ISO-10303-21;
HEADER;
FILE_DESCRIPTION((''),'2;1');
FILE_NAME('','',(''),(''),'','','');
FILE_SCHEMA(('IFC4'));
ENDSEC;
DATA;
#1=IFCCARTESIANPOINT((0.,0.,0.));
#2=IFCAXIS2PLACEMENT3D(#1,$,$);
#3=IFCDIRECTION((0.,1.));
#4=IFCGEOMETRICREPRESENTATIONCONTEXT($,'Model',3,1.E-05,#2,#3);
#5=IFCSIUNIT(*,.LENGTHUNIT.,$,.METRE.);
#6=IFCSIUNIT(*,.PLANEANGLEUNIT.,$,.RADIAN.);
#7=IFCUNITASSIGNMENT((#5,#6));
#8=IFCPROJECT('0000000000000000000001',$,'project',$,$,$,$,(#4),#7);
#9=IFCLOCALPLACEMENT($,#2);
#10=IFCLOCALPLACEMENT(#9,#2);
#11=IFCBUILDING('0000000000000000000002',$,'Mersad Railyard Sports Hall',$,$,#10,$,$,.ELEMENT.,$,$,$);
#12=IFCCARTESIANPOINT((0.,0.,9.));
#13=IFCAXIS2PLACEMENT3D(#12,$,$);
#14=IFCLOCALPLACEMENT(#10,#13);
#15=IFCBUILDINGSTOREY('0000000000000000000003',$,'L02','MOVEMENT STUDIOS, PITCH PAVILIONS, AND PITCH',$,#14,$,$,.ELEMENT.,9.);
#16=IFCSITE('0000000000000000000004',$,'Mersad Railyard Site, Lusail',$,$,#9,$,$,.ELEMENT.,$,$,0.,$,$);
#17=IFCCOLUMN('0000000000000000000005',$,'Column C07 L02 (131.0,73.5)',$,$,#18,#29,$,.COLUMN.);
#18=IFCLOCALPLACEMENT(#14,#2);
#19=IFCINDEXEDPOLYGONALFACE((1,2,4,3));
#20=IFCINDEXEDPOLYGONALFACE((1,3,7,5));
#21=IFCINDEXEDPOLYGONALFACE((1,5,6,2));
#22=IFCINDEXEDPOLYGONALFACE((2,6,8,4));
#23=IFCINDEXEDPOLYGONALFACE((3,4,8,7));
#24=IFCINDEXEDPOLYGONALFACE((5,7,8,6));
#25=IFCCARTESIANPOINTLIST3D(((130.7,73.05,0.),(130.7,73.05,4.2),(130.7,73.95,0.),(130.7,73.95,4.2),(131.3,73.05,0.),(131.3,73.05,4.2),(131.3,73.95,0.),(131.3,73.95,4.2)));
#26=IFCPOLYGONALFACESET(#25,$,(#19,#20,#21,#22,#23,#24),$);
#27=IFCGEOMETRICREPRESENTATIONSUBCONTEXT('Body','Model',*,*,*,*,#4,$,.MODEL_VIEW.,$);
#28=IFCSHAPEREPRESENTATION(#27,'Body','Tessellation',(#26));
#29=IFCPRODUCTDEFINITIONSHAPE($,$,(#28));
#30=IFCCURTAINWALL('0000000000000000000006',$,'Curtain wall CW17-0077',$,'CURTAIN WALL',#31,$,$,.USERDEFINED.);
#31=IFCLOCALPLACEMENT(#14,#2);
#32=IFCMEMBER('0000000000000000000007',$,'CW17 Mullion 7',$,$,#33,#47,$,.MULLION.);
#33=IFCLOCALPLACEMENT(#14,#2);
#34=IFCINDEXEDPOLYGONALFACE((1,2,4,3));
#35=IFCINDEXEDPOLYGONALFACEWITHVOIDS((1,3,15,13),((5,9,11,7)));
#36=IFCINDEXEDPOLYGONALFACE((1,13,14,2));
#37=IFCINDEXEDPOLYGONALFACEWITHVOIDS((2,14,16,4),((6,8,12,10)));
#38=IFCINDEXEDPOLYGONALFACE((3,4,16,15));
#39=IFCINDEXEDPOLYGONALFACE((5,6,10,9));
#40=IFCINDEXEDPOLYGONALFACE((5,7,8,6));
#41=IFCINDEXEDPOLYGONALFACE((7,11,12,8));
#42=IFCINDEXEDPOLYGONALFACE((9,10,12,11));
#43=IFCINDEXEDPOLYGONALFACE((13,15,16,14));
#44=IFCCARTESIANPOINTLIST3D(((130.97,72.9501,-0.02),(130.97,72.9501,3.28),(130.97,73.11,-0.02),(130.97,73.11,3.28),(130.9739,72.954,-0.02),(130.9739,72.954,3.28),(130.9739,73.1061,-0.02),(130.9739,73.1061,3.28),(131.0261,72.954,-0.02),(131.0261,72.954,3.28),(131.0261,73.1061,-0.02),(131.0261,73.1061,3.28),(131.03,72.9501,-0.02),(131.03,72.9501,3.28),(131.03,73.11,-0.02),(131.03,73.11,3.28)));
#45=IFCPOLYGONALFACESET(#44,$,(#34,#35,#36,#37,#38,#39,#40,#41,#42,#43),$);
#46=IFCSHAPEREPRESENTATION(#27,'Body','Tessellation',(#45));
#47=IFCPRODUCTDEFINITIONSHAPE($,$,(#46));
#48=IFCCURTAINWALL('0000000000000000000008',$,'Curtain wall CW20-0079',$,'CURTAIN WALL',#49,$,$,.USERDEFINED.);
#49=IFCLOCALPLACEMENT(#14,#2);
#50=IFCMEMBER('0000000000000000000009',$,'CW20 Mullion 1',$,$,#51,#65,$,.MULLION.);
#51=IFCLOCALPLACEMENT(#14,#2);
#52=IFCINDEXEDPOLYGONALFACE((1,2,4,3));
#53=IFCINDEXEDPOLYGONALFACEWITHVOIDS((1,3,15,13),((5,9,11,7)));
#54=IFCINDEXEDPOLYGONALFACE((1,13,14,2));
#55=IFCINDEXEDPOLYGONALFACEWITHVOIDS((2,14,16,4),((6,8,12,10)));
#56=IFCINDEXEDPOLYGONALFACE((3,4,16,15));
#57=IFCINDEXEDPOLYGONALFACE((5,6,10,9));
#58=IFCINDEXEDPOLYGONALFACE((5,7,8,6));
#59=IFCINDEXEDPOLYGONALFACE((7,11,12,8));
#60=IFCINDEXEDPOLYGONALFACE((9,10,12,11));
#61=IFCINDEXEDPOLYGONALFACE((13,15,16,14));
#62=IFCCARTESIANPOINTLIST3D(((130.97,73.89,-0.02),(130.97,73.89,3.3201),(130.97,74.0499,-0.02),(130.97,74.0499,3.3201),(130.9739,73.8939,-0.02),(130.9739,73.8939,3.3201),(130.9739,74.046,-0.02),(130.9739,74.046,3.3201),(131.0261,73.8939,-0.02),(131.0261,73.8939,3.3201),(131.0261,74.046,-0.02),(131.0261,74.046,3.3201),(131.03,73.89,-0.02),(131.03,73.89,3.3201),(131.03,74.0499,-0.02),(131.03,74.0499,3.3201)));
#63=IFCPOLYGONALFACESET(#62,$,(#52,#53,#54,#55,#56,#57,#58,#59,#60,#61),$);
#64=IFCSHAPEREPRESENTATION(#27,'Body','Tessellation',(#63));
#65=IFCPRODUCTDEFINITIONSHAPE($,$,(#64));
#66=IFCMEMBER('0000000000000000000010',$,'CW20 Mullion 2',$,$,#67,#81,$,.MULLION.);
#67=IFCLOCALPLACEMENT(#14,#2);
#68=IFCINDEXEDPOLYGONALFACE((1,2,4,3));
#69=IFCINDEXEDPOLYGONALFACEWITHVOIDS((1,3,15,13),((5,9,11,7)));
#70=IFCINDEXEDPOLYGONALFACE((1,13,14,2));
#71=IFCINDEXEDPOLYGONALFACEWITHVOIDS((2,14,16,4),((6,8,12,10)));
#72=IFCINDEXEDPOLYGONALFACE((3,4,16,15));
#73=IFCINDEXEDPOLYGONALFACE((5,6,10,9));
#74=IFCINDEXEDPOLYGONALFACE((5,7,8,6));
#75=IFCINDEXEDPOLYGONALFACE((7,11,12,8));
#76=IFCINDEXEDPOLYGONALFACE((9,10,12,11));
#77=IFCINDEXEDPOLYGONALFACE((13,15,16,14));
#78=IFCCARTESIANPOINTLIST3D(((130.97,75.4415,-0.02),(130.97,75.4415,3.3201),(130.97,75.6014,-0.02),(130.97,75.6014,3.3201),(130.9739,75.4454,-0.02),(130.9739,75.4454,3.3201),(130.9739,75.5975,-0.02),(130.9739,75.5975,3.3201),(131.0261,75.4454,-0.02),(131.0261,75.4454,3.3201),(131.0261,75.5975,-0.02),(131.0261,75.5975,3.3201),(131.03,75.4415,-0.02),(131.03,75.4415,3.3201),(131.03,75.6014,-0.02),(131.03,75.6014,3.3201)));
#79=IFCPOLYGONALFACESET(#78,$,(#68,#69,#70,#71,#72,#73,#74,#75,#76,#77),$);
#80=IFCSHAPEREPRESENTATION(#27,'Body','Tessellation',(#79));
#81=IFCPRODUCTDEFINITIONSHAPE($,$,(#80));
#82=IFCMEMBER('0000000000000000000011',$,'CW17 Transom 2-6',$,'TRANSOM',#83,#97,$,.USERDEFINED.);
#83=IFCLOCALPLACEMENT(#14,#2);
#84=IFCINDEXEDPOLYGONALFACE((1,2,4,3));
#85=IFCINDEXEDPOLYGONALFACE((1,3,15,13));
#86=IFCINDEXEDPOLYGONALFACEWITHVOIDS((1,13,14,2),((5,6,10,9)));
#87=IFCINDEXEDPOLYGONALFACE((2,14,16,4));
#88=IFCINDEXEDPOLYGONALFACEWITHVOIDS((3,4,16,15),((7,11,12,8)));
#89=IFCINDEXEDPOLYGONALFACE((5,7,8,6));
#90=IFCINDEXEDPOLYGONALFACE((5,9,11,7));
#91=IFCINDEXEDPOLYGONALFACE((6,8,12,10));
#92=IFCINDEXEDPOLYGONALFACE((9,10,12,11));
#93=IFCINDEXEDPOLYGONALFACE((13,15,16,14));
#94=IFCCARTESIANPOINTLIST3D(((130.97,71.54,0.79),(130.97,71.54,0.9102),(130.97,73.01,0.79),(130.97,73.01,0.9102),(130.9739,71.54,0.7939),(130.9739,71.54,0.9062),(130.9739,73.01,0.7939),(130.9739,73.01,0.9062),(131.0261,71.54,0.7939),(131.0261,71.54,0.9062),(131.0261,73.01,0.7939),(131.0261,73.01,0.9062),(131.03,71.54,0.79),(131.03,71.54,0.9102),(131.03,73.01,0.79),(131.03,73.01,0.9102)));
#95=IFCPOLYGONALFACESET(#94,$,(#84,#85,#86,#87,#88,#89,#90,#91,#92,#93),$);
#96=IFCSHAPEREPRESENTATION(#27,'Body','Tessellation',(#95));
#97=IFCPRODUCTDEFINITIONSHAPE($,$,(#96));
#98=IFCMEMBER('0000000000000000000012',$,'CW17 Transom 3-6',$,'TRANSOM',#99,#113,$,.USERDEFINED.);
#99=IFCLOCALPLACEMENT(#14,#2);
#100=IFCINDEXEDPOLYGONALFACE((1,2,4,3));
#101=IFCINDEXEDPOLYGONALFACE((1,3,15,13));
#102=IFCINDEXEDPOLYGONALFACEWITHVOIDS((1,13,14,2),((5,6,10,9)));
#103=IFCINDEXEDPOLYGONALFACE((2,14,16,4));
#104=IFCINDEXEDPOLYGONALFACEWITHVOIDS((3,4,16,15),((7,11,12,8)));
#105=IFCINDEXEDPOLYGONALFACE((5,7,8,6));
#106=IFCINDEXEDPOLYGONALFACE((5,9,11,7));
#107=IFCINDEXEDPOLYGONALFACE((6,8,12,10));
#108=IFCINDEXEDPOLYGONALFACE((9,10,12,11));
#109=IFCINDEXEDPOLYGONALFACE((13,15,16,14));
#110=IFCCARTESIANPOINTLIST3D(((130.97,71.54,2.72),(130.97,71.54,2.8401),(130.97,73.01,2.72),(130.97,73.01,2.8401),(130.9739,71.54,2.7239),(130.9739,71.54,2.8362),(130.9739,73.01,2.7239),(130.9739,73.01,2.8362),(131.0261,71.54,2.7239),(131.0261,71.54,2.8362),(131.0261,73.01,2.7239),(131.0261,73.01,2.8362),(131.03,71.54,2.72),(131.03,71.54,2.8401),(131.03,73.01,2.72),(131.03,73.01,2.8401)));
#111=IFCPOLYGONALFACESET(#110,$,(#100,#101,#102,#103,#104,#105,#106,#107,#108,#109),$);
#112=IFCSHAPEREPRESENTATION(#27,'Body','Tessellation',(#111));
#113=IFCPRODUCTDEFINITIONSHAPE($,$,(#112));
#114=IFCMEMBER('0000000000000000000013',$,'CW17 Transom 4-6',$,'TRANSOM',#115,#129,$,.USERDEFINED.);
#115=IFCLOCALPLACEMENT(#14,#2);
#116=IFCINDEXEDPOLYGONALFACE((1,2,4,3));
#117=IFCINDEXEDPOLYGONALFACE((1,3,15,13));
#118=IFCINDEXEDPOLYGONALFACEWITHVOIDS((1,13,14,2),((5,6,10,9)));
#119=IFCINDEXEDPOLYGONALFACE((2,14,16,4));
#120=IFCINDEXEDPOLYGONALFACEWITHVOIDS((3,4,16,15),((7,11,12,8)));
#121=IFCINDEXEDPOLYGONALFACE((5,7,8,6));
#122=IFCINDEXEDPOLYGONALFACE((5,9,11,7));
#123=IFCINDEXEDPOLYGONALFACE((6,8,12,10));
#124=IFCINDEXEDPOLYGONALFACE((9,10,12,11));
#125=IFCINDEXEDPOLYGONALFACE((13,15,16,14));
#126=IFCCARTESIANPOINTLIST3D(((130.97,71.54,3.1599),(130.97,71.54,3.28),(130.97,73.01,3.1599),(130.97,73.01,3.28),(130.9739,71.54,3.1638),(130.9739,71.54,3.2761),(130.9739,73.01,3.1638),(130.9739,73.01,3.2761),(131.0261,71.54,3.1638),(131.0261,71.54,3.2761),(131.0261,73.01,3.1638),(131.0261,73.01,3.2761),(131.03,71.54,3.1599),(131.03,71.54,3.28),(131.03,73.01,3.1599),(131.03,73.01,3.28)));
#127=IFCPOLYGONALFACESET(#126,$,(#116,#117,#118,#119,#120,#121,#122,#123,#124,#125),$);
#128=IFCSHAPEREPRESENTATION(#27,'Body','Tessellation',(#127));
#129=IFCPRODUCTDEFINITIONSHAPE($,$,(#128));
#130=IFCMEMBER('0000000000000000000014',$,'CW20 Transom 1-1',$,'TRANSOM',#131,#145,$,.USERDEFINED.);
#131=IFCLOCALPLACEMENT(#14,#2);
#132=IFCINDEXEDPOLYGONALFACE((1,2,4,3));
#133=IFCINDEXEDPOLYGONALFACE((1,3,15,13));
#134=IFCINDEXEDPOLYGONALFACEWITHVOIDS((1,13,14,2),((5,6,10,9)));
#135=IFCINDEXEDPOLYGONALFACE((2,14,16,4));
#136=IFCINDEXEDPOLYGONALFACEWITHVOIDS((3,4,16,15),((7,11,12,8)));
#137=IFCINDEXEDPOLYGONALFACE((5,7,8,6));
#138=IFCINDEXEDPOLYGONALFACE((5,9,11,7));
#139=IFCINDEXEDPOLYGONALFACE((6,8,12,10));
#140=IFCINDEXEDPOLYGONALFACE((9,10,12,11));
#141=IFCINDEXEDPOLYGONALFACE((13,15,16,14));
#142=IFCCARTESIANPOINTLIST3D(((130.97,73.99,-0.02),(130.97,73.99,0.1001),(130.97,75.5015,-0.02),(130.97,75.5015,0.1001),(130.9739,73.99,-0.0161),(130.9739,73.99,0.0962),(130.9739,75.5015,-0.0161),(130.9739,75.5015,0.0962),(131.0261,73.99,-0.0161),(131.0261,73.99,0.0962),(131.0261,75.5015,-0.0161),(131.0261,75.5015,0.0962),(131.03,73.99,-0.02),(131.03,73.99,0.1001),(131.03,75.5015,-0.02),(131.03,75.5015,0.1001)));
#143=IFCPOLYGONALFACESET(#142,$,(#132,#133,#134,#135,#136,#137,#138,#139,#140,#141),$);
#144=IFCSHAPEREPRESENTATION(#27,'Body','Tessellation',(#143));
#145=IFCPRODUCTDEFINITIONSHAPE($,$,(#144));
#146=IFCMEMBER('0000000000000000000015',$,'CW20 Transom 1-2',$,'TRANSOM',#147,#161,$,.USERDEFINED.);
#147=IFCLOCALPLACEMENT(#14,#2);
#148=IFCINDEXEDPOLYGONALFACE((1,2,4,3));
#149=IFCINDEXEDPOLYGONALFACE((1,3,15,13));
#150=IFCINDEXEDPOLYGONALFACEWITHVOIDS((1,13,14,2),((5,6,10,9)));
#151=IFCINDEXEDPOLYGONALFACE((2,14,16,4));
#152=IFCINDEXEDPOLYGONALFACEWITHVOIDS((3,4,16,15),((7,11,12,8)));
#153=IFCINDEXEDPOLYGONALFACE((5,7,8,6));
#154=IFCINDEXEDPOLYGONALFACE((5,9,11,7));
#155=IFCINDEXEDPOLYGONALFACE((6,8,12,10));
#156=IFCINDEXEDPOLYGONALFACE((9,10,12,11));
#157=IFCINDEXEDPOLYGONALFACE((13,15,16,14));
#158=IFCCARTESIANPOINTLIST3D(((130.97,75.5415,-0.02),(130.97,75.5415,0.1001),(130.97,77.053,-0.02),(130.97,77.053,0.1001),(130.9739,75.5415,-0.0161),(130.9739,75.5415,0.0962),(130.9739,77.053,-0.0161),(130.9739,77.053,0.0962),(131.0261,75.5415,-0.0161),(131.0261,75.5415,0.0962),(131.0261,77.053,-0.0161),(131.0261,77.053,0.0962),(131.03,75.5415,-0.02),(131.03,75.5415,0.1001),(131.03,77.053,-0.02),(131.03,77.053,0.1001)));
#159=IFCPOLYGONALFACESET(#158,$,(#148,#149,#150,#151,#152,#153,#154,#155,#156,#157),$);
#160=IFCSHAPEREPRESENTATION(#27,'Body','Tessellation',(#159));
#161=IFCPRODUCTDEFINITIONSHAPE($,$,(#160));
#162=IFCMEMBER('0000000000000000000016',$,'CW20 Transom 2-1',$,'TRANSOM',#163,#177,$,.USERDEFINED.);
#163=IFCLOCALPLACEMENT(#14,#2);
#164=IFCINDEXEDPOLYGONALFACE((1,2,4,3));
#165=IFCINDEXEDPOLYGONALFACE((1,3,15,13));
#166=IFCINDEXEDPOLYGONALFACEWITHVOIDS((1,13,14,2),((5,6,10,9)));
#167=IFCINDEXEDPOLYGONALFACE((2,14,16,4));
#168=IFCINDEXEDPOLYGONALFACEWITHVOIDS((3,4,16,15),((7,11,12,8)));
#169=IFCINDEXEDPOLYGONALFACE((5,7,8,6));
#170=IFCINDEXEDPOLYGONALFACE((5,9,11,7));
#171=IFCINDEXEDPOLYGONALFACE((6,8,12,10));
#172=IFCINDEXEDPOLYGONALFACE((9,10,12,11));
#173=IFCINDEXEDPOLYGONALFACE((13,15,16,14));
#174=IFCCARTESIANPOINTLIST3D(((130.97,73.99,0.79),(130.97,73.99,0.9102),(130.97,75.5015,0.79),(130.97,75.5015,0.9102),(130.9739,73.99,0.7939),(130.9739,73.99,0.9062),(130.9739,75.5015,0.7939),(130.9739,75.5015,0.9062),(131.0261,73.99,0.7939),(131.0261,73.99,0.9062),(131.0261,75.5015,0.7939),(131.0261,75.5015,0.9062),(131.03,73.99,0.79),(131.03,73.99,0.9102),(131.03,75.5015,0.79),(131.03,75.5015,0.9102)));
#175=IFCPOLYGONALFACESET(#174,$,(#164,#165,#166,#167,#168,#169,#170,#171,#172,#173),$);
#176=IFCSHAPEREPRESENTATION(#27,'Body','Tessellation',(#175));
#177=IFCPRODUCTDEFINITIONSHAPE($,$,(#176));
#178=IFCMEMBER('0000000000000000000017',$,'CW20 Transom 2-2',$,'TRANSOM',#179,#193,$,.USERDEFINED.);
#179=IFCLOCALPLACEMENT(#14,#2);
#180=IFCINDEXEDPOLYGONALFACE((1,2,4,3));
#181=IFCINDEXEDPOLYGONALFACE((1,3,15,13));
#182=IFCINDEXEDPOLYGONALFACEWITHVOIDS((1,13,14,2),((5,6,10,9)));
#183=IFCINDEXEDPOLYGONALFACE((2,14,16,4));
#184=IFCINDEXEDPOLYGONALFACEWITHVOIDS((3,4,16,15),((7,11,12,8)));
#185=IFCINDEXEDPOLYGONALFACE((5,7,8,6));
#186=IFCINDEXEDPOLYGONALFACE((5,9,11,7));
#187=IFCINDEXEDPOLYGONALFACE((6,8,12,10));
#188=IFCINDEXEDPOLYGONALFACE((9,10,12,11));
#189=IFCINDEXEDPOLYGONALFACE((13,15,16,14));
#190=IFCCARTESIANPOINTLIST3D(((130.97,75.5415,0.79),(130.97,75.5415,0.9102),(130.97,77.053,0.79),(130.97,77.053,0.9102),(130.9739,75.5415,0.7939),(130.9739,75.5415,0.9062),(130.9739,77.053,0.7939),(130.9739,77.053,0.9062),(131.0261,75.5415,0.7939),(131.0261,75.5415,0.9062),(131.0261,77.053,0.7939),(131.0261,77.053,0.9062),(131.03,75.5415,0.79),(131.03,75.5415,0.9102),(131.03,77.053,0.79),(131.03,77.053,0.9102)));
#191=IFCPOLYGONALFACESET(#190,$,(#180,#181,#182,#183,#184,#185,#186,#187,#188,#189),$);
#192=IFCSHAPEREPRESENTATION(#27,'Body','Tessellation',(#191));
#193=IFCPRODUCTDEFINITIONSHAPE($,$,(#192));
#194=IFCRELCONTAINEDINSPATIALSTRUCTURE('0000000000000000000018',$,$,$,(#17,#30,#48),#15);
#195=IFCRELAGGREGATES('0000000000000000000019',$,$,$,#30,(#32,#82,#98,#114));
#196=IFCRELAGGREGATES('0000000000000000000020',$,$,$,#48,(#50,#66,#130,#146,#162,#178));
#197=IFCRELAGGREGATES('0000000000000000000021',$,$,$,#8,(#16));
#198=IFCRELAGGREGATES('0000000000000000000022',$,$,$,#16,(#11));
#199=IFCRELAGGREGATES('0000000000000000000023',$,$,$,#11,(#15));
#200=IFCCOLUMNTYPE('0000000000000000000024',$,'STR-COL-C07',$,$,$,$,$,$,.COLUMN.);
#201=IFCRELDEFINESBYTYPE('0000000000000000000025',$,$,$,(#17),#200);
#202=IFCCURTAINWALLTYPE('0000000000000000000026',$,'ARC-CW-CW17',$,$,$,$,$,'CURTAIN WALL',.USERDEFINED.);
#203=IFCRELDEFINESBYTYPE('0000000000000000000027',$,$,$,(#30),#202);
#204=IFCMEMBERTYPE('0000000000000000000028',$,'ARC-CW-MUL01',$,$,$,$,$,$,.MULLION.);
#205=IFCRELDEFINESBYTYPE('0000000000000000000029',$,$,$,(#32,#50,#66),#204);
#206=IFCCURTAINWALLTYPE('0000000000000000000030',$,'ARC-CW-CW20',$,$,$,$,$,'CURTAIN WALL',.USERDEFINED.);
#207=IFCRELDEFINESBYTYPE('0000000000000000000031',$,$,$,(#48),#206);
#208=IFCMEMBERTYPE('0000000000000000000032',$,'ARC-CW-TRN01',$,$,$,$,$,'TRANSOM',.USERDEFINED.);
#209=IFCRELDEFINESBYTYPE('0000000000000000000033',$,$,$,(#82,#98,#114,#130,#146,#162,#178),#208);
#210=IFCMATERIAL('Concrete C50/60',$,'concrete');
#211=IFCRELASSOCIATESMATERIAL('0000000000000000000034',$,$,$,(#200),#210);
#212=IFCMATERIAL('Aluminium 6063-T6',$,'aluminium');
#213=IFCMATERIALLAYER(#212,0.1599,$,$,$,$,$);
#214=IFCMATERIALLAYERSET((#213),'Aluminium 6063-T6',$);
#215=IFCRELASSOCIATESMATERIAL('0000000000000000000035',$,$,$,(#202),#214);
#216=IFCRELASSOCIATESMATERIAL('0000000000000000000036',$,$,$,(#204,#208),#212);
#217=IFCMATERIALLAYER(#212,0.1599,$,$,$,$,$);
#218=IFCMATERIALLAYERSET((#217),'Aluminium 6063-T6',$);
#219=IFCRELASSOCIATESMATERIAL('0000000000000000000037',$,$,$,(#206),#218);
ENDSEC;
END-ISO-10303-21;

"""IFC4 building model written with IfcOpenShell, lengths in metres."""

from ifc_helpers import new_model, si_unit, direction, frame, origin, origin_2d, place, context, subcontext, project, spatial, rectangle, hollow_rectangle, extrude, material, layer, layer_set, material_profile, profile_set, type_object, element, aggregate, save


model = new_model("IFC4")

# Units and contexts
model_context = context("Model", 3, precision=1e-05, world=origin(), true_north=direction((0.0, 1.0)))
body_context = subcontext(model_context, "Body", "Model", "MODEL_VIEW")
ifc_project = project(units=[si_unit("LENGTHUNIT", "METRE"), si_unit("PLANEANGLEUNIT", "RADIAN")], contexts=[model_context])

# Site, building, storey
site_placement = place(None, origin())
site = spatial("IfcSite", under=ifc_project, at=site_placement, Name="Mersad Railyard Site, Lusail", CompositionType="ELEMENT", RefElevation=0.0)
building_placement = place(site_placement, origin())
building = spatial("IfcBuilding", under=site, at=building_placement, Name="Mersad Railyard Sports Hall", CompositionType="ELEMENT")
storey_placement = place(building_placement, frame((0.0, 0.0, 9.0)))
storey = spatial("IfcBuildingStorey", under=building, at=storey_placement, Name="L02", Description="MOVEMENT STUDIOS, PITCH PAVILIONS, AND PITCH", CompositionType="ELEMENT", Elevation=9.0)

# Column
ifc_material_1 = material(Name="Concrete C50/60", Category="concrete")
ifc_material_profile_1 = material_profile(ifc_material_1, rectangle(XDim=0.6001, YDim=0.8999, at=origin_2d()), Name="RC 600x900")
ifc_profile_set_1 = profile_set([ifc_material_profile_1], Name="Concrete C50/60")
column_type = type_object("IfcColumnType", Name="STR-COL-C07", PredefinedType="COLUMN", material=ifc_profile_set_1)
column_placement = place(storey_placement, frame((131.0, 73.5, 0.0), z_axis=(0.0, 0.0, 1.0), x_axis=(1.0, 0.0, 0.0)))
element("IfcColumn", 1, at=column_placement, inside=storey, type_object=column_type, Name="Column C07 L02 (131.0,73.5)", PredefinedType="COLUMN", context=body_context, shape_type="SweptSolid", body=[
    extrude(rectangle(XDim=0.6001, YDim=0.8999, at=origin_2d()), origin(), (0.0, 0.0, 1.0), 4.2),
])

# Curtain wall, member
ifc_material_2 = material(Name="Aluminium 6063-T6", Category="aluminium")
ifc_layer_1 = layer(ifc_material_2, 0.1599)
ifc_layer_set_1 = layer_set([ifc_layer_1], Name="Aluminium 6063-T6")
curtain_wall_type_1 = type_object("IfcCurtainWallType", Name="ARC-CW-CW17", ElementType="CURTAIN WALL", PredefinedType="USERDEFINED", material=ifc_layer_set_1)
curtain_wall_1_placement = place(storey_placement, origin())
curtain_wall_1 = element("IfcCurtainWall", 2, at=curtain_wall_1_placement, inside=storey, type_object=curtain_wall_type_1, Name="Curtain wall CW17-0077", ObjectType="CURTAIN WALL", PredefinedType="USERDEFINED")
ifc_material_profile_2 = material_profile(ifc_material_2, hollow_rectangle(XDim=0.0601, YDim=0.1599, WallThickness=0.0039, at=origin_2d()), Name="AL MULLION 60x160x4")
ifc_profile_set_2 = profile_set([ifc_material_profile_2], Name="Aluminium 6063-T6")
member_type_1 = type_object("IfcMemberType", Name="ARC-CW-MUL01", PredefinedType="MULLION", material=ifc_profile_set_2)
member_1_placement = place(storey_placement, frame((131.0, 73.03, -0.02), z_axis=(0.0, 0.0, 1.0), x_axis=(1.0, 0.0, 0.0)))
member_1 = element("IfcMember", 3, at=member_1_placement, type_object=member_type_1, Name="CW17 Mullion 7", PredefinedType="MULLION", context=body_context, shape_type="SweptSolid", body=[
    extrude(hollow_rectangle(XDim=0.0601, YDim=0.1599, WallThickness=0.0039, at=origin_2d()), origin(), (0.0, 0.0, 1.0), 3.3),
])

# Curtain wall, members
ifc_layer_2 = layer(ifc_material_2, 0.1599)
ifc_layer_set_2 = layer_set([ifc_layer_2], Name="Aluminium 6063-T6")
curtain_wall_type_2 = type_object("IfcCurtainWallType", Name="ARC-CW-CW20", ElementType="CURTAIN WALL", PredefinedType="USERDEFINED", material=ifc_layer_set_2)
curtain_wall_2_placement = place(storey_placement, origin())
curtain_wall_2 = element("IfcCurtainWall", 4, at=curtain_wall_2_placement, inside=storey, type_object=curtain_wall_type_2, Name="Curtain wall CW20-0079", ObjectType="CURTAIN WALL", PredefinedType="USERDEFINED")
member_2_placement = place(storey_placement, frame((131.0, 73.97, -0.02), z_axis=(0.0, 0.0, 1.0), x_axis=(1.0, 0.0, 0.0)))
member_2 = element("IfcMember", 5, at=member_2_placement, type_object=member_type_1, Name="CW20 Mullion 1", PredefinedType="MULLION", context=body_context, shape_type="SweptSolid", body=[
    extrude(hollow_rectangle(XDim=0.0601, YDim=0.1599, WallThickness=0.0039, at=origin_2d()), origin(), (0.0, 0.0, 1.0), 3.3401),
])
member_3_placement = place(storey_placement, frame((131.0, 75.5215, -0.02), z_axis=(0.0, 0.0, 1.0), x_axis=(1.0, 0.0, 0.0)))
member_3 = element("IfcMember", 6, at=member_3_placement, type_object=member_type_1, Name="CW20 Mullion 2", PredefinedType="MULLION", context=body_context, shape_type="SweptSolid", body=[
    extrude(hollow_rectangle(XDim=0.0601, YDim=0.1599, WallThickness=0.0039, at=origin_2d()), origin(), (0.0, 0.0, 1.0), 3.3401),
])

# Members
ifc_material_profile_3 = material_profile(ifc_material_2, hollow_rectangle(XDim=0.0601, YDim=0.1201, WallThickness=0.0039, at=origin_2d()), Name="AL TRANSOM 60x120x4")
ifc_profile_set_3 = profile_set([ifc_material_profile_3], Name="Aluminium 6063-T6")
member_type_2 = type_object("IfcMemberType", Name="ARC-CW-TRN01", ElementType="TRANSOM", PredefinedType="USERDEFINED", material=ifc_profile_set_3)
member_4_placement = place(storey_placement, frame((131.0, 71.54, 0.8501), z_axis=(0.0, 1.0, 0.0), x_axis=(-1.0, 0.0, 0.0)))
member_4 = element("IfcMember", 7, at=member_4_placement, type_object=member_type_2, Name="CW17 Transom 2-6", ObjectType="TRANSOM", PredefinedType="USERDEFINED", context=body_context, shape_type="SweptSolid", body=[
    extrude(hollow_rectangle(XDim=0.0601, YDim=0.1201, WallThickness=0.0039, at=origin_2d()), origin(), (0.0, 0.0, 1.0), 1.47),
])
member_5_placement = place(storey_placement, frame((131.0, 71.54, 2.78), z_axis=(0.0, 1.0, 0.0), x_axis=(-1.0, 0.0, 0.0)))
member_5 = element("IfcMember", 8, at=member_5_placement, type_object=member_type_2, Name="CW17 Transom 3-6", ObjectType="TRANSOM", PredefinedType="USERDEFINED", context=body_context, shape_type="SweptSolid", body=[
    extrude(hollow_rectangle(XDim=0.0601, YDim=0.1201, WallThickness=0.0039, at=origin_2d()), origin(), (0.0, 0.0, 1.0), 1.47),
])
member_6_placement = place(storey_placement, frame((131.0, 71.54, 3.22), z_axis=(0.0, 1.0, 0.0), x_axis=(-1.0, 0.0, 0.0)))
member_6 = element("IfcMember", 9, at=member_6_placement, type_object=member_type_2, Name="CW17 Transom 4-6", ObjectType="TRANSOM", PredefinedType="USERDEFINED", context=body_context, shape_type="SweptSolid", body=[
    extrude(hollow_rectangle(XDim=0.0601, YDim=0.1201, WallThickness=0.0039, at=origin_2d()), origin(), (0.0, 0.0, 1.0), 1.47),
])
member_7_placement = place(storey_placement, frame((131.0, 73.99, 0.04), z_axis=(0.0, 1.0, 0.0), x_axis=(-1.0, 0.0, 0.0)))
member_7 = element("IfcMember", 10, at=member_7_placement, type_object=member_type_2, Name="CW20 Transom 1-1", ObjectType="TRANSOM", PredefinedType="USERDEFINED", context=body_context, shape_type="SweptSolid", body=[
    extrude(hollow_rectangle(XDim=0.0601, YDim=0.1201, WallThickness=0.0039, at=origin_2d()), origin(), (0.0, 0.0, 1.0), 1.5115),
])
member_8_placement = place(storey_placement, frame((131.0, 75.5415, 0.04), z_axis=(0.0, 1.0, 0.0), x_axis=(-1.0, 0.0, 0.0)))
member_8 = element("IfcMember", 11, at=member_8_placement, type_object=member_type_2, Name="CW20 Transom 1-2", ObjectType="TRANSOM", PredefinedType="USERDEFINED", context=body_context, shape_type="SweptSolid", body=[
    extrude(hollow_rectangle(XDim=0.0601, YDim=0.1201, WallThickness=0.0039, at=origin_2d()), origin(), (0.0, 0.0, 1.0), 1.5115),
])
member_9_placement = place(storey_placement, frame((131.0, 73.99, 0.8501), z_axis=(0.0, 1.0, 0.0), x_axis=(-1.0, 0.0, 0.0)))
member_9 = element("IfcMember", 12, at=member_9_placement, type_object=member_type_2, Name="CW20 Transom 2-1", ObjectType="TRANSOM", PredefinedType="USERDEFINED", context=body_context, shape_type="SweptSolid", body=[
    extrude(hollow_rectangle(XDim=0.0601, YDim=0.1201, WallThickness=0.0039, at=origin_2d()), origin(), (0.0, 0.0, 1.0), 1.5115),
])
member_10_placement = place(storey_placement, frame((131.0, 75.5415, 0.8501), z_axis=(0.0, 1.0, 0.0), x_axis=(-1.0, 0.0, 0.0)))
member_10 = element("IfcMember", 13, at=member_10_placement, type_object=member_type_2, Name="CW20 Transom 2-2", ObjectType="TRANSOM", PredefinedType="USERDEFINED", context=body_context, shape_type="SweptSolid", body=[
    extrude(hollow_rectangle(XDim=0.0601, YDim=0.1201, WallThickness=0.0039, at=origin_2d()), origin(), (0.0, 0.0, 1.0), 1.5115),
])

aggregate(curtain_wall_1, [member_1, member_4, member_5, member_6])
aggregate(curtain_wall_2, [member_2, member_3, member_7, member_8, member_9, member_10])

save(model, "model.ifc")
